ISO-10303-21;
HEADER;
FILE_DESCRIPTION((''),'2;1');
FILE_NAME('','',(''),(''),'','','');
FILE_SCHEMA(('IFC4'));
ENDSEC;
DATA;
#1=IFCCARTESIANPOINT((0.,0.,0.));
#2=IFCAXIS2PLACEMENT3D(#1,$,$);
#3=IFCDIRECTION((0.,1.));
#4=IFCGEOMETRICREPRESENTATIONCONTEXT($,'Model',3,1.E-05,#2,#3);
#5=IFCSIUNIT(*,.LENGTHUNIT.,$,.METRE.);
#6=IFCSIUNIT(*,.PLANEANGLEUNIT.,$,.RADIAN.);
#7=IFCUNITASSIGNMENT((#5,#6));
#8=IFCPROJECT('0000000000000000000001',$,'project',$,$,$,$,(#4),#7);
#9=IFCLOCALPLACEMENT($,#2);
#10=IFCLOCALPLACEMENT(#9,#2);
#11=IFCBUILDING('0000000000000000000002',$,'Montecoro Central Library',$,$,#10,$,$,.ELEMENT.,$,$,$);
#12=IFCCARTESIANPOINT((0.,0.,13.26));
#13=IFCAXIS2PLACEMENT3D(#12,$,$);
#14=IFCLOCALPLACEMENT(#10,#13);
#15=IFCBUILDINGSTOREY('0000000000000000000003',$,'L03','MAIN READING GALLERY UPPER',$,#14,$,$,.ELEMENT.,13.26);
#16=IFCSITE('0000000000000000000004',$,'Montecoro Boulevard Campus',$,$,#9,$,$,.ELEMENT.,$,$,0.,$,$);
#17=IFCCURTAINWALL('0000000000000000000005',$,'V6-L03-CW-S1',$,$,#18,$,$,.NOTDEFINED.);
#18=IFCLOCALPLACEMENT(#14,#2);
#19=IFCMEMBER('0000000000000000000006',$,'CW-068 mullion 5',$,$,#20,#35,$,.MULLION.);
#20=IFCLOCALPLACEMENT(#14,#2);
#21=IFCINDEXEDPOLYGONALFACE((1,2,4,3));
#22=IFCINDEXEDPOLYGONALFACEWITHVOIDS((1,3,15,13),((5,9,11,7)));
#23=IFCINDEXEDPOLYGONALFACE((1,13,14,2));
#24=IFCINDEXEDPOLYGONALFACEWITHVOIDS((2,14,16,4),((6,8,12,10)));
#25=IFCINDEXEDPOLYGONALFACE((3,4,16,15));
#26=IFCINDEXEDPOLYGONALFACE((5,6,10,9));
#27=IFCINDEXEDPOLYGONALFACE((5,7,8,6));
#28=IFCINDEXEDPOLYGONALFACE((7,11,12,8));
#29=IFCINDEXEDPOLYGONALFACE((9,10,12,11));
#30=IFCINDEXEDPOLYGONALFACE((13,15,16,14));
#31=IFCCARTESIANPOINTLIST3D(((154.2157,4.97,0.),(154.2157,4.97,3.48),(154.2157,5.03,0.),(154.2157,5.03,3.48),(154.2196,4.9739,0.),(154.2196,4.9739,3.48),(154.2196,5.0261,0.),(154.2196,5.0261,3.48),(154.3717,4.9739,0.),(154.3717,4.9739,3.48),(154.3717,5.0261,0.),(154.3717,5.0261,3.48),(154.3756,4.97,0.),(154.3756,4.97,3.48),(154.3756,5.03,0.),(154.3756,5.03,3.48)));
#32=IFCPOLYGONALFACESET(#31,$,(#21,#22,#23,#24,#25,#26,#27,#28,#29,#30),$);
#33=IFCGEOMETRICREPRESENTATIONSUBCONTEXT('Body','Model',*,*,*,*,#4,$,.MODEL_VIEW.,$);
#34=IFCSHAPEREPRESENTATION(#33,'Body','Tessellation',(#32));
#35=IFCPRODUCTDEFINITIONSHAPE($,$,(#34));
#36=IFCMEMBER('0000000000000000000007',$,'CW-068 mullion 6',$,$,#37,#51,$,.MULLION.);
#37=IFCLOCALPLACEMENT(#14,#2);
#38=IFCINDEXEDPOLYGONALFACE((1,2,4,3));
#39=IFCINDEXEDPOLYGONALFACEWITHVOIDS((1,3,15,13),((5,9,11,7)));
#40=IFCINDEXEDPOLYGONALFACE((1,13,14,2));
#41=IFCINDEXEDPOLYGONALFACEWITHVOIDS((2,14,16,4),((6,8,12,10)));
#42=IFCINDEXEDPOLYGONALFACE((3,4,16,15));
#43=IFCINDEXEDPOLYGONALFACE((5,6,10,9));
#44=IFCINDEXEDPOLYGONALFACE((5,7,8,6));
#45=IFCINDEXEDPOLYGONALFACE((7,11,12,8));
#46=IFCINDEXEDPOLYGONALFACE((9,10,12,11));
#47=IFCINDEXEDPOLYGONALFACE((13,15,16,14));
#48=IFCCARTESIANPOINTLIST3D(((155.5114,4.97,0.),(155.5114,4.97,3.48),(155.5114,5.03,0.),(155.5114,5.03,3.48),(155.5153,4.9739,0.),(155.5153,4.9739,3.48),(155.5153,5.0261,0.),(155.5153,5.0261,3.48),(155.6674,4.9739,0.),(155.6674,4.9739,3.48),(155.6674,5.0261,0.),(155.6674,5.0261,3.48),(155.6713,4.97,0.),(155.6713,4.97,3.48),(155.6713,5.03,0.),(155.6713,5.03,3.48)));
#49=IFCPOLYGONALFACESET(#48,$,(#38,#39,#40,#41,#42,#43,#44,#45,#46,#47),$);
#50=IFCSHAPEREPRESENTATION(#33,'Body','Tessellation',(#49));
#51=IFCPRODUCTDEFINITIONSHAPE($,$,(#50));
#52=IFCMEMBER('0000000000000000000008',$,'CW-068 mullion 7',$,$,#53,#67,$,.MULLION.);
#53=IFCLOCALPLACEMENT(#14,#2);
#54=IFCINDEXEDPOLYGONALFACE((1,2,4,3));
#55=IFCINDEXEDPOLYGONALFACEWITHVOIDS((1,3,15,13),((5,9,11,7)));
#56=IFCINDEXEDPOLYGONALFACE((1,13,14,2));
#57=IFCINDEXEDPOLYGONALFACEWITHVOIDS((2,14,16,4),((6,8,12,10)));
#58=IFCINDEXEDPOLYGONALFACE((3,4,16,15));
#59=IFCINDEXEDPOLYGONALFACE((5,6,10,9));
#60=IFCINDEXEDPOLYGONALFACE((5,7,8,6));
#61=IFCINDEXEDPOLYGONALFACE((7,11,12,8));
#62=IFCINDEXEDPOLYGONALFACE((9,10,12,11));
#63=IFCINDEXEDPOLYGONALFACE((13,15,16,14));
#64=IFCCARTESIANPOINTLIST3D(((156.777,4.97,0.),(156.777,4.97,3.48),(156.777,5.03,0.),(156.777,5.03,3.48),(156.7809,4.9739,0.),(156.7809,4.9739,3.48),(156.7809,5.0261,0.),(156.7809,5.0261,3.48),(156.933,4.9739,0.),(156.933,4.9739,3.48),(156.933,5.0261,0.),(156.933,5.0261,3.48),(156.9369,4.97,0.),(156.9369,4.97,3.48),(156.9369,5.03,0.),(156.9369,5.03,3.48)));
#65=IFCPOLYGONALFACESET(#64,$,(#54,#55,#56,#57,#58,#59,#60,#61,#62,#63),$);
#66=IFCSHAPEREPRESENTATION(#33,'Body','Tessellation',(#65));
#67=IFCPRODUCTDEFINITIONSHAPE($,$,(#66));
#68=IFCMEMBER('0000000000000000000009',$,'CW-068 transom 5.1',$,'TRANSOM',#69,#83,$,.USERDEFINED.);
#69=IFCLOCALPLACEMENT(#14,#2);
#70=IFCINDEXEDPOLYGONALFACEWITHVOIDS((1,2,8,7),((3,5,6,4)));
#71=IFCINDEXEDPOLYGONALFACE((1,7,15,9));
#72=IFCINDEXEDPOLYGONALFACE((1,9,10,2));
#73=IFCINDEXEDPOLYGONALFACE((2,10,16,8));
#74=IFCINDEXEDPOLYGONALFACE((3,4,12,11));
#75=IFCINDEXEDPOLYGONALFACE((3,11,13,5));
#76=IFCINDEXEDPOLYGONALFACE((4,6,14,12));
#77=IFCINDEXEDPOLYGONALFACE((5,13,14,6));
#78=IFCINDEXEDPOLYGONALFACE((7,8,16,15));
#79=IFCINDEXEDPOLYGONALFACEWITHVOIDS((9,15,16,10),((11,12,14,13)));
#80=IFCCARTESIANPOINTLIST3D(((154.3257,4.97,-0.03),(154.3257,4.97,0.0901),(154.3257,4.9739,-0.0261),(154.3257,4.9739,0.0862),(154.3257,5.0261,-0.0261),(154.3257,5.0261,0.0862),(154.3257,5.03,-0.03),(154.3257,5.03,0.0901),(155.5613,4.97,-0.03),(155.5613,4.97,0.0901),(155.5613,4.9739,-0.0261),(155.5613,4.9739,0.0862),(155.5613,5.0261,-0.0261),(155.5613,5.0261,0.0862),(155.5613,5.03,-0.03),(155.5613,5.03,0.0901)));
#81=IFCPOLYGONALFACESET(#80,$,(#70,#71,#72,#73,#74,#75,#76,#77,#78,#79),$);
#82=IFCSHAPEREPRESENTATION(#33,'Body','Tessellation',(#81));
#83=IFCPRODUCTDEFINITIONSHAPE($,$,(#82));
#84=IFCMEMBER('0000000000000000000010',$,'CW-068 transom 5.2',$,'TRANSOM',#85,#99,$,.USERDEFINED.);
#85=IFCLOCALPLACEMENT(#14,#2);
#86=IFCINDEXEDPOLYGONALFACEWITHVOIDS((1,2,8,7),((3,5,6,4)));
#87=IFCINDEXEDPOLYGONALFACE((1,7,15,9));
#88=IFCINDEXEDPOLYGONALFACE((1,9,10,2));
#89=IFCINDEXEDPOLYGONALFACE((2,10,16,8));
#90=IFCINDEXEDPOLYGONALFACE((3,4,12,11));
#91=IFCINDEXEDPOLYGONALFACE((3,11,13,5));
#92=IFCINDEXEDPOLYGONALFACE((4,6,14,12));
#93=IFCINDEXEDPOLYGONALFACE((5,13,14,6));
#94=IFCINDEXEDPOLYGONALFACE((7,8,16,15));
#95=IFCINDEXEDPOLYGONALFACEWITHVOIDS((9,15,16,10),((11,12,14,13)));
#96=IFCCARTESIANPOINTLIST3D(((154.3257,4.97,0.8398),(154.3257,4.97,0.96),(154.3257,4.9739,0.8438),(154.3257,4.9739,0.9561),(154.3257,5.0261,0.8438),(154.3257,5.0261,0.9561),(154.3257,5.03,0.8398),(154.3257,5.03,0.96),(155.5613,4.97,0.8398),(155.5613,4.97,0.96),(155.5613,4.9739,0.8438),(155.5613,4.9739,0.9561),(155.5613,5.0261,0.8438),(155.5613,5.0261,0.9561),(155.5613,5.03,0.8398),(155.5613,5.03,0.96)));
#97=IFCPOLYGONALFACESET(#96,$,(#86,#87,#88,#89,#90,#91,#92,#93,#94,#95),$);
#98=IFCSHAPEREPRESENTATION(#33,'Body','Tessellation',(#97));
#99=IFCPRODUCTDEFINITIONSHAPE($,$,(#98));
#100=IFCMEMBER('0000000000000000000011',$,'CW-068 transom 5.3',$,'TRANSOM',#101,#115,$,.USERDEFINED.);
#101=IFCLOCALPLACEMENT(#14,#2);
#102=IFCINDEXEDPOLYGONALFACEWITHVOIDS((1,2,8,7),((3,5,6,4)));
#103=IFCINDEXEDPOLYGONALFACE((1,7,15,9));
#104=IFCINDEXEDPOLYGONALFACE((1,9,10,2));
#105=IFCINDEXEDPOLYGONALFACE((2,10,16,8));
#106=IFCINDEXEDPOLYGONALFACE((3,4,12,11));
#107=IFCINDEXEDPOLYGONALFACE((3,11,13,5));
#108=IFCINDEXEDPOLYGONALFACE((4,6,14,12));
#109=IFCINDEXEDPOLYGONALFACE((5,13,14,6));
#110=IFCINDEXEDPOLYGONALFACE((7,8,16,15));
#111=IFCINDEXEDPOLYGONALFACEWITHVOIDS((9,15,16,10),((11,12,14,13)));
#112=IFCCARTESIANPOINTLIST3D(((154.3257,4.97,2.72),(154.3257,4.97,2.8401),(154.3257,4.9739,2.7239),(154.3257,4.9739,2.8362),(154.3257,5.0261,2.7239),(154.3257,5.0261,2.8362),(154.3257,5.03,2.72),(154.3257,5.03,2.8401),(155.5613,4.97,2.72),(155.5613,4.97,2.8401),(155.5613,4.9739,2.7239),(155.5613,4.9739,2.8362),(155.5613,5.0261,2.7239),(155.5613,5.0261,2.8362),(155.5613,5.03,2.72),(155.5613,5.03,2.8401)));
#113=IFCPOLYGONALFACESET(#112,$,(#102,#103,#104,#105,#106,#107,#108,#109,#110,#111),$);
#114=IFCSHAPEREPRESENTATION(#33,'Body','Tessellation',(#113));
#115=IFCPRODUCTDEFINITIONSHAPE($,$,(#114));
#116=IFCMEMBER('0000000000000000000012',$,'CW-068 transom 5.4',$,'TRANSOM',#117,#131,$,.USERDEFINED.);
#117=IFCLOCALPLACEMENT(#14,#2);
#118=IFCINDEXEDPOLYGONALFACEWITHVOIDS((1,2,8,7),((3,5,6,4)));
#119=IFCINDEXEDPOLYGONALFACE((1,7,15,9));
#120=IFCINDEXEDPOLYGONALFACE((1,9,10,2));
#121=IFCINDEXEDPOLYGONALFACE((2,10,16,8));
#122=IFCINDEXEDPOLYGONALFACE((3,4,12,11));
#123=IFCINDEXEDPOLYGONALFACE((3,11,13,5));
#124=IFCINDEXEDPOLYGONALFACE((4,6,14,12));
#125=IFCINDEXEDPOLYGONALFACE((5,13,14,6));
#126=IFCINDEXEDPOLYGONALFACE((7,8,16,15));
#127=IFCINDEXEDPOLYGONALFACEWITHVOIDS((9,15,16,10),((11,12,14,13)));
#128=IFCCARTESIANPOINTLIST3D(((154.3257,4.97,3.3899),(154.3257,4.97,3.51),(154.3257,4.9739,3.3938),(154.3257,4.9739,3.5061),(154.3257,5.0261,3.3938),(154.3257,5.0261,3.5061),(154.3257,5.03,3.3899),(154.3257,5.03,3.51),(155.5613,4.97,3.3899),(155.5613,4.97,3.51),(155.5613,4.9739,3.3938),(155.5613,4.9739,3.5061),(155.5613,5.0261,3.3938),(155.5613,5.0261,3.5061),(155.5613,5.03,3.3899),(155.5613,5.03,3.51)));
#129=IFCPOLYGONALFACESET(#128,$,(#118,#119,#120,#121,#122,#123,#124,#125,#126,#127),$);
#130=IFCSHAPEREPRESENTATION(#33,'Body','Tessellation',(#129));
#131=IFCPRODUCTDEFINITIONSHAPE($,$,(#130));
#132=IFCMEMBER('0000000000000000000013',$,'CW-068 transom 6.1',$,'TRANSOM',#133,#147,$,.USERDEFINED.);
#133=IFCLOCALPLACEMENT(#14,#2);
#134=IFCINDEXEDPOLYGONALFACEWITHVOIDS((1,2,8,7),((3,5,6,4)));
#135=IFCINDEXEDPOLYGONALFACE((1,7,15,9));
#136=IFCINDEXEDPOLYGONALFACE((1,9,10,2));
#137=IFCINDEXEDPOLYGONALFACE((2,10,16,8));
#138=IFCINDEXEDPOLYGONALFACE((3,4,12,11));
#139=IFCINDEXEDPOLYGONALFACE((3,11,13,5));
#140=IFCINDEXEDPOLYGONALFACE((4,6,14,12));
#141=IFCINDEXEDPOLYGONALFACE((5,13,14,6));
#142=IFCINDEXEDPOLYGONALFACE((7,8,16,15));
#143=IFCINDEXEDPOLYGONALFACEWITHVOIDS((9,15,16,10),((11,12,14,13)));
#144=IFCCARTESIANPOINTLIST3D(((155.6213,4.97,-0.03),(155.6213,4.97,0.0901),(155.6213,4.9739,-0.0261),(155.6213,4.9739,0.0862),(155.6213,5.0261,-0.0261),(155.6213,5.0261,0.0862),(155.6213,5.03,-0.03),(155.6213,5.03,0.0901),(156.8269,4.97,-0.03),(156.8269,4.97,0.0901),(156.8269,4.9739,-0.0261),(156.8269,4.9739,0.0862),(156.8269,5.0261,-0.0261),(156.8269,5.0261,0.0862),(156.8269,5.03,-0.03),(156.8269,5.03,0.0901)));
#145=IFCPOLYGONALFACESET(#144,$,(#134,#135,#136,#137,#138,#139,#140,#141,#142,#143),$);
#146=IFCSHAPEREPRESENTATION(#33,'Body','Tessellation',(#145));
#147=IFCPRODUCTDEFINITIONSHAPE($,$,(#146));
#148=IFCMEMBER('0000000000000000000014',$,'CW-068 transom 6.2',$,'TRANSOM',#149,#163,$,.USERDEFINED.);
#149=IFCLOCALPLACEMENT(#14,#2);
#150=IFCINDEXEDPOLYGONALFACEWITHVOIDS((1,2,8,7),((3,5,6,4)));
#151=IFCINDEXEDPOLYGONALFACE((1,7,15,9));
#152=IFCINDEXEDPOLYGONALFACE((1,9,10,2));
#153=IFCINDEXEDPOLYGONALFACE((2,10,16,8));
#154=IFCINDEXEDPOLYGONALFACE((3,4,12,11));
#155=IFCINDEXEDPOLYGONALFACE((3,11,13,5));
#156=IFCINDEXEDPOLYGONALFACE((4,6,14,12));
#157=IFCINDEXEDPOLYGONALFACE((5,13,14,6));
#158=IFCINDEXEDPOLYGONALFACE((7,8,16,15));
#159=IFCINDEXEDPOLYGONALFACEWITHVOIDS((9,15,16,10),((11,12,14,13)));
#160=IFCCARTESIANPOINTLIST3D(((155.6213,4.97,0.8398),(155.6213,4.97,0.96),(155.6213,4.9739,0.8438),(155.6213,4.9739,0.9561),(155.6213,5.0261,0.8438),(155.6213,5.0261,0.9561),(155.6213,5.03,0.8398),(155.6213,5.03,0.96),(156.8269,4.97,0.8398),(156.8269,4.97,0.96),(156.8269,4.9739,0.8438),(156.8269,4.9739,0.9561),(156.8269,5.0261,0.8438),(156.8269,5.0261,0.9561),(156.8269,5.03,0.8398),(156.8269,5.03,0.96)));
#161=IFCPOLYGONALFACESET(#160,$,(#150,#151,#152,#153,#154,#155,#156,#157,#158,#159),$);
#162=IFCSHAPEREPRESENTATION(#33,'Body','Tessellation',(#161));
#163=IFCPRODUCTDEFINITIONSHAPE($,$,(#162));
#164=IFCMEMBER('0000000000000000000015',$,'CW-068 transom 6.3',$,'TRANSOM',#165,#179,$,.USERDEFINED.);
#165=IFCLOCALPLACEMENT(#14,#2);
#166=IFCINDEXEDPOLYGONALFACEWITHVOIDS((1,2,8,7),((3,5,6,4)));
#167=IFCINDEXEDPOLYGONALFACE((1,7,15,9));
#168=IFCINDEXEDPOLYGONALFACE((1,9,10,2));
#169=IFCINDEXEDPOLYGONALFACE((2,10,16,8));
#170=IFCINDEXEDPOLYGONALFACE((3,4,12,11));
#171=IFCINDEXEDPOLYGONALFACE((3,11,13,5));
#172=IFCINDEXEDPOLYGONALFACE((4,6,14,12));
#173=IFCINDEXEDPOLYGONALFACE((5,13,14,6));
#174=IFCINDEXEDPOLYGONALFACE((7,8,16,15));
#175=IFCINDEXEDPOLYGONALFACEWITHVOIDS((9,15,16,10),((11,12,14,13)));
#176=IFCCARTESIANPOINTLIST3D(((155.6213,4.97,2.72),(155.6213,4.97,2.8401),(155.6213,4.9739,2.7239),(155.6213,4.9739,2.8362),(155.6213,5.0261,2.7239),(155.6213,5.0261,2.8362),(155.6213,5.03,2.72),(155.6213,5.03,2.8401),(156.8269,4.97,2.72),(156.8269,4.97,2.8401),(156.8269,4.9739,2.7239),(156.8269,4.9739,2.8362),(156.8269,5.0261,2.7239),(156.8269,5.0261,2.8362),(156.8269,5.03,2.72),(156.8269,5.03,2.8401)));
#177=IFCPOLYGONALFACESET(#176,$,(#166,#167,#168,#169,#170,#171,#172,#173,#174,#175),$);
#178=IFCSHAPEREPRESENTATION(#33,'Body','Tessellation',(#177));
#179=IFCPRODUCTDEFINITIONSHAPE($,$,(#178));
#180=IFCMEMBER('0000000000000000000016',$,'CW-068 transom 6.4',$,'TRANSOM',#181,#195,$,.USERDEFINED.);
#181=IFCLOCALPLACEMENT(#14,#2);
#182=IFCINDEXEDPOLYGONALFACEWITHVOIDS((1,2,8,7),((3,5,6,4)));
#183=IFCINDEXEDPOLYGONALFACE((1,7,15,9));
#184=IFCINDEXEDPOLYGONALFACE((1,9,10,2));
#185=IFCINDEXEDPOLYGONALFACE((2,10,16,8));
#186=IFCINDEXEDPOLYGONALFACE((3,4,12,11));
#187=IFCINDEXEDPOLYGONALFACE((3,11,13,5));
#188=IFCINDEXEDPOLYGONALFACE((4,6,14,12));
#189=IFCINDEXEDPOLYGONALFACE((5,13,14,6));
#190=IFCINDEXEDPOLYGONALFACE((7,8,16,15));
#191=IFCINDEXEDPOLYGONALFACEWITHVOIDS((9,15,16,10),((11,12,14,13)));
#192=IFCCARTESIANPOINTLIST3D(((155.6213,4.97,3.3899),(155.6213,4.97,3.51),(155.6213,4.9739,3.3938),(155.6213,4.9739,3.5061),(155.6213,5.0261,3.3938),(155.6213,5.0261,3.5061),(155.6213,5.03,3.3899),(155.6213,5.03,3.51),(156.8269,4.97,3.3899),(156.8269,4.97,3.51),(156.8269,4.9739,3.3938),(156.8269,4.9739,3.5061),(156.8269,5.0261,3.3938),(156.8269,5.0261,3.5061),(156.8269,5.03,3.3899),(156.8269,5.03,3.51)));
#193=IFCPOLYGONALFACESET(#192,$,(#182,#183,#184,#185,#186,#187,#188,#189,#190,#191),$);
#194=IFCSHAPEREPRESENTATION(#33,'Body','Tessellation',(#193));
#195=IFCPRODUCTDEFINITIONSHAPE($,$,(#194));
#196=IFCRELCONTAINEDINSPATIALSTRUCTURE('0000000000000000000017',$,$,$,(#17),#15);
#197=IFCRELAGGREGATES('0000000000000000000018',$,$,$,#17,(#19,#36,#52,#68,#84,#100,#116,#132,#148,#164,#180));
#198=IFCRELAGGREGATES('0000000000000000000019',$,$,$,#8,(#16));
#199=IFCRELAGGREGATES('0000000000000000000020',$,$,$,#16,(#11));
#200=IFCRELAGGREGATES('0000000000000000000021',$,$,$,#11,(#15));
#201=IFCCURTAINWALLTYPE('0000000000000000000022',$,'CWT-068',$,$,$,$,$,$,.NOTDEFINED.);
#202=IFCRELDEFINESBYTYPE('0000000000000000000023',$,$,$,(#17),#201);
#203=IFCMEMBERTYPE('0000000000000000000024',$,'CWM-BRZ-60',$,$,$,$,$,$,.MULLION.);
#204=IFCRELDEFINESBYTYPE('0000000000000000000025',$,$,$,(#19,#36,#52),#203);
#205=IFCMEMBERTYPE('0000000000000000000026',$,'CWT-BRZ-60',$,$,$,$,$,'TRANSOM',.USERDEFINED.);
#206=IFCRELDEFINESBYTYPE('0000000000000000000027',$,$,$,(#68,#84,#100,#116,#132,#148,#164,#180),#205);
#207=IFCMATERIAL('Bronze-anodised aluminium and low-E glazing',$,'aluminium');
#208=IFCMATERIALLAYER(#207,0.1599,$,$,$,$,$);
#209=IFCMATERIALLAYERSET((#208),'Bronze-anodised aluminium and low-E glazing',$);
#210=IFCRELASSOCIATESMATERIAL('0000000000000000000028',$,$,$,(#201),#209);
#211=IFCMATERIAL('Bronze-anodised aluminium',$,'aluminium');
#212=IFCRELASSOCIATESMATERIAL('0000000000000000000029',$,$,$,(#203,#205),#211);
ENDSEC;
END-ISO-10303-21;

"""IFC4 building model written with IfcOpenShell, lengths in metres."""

from ifc_helpers import new_model, si_unit, direction, frame, origin, origin_2d, place, context, subcontext, project, spatial, hollow_rectangle, extrude, material, layer, layer_set, material_profile, profile_set, type_object, element, aggregate, save


model = new_model("IFC4")

# Units and contexts
model_context = context("Model", 3, precision=1e-05, world=origin(), true_north=direction((0.0, 1.0)))
body_context = subcontext(model_context, "Body", "Model", "MODEL_VIEW")
ifc_project = project(units=[si_unit("LENGTHUNIT", "METRE"), si_unit("PLANEANGLEUNIT", "RADIAN")], contexts=[model_context])

# Site, building, storey
site_placement = place(None, origin())
site = spatial("IfcSite", under=ifc_project, at=site_placement, Name="Montecoro Boulevard Campus", CompositionType="ELEMENT", RefElevation=0.0)
building_placement = place(site_placement, origin())
building = spatial("IfcBuilding", under=site, at=building_placement, Name="Montecoro Central Library", CompositionType="ELEMENT")
storey_placement = place(building_placement, frame((0.0, 0.0, 13.26)))
storey = spatial("IfcBuildingStorey", under=building, at=storey_placement, Name="L03", Description="MAIN READING GALLERY UPPER", CompositionType="ELEMENT", Elevation=13.26)

# Curtain wall, members
ifc_material_1 = material(Name="Bronze-anodised aluminium and low-E glazing", Category="aluminium")
ifc_layer_1 = layer(ifc_material_1, 0.1599)
ifc_layer_set_1 = layer_set([ifc_layer_1], Name="Bronze-anodised aluminium and low-E glazing")
curtain_wall_type = type_object("IfcCurtainWallType", Name="CWT-068", PredefinedType="NOTDEFINED", material=ifc_layer_set_1)
curtain_wall_placement = place(storey_placement, origin())
curtain_wall = element("IfcCurtainWall", 1, at=curtain_wall_placement, inside=storey, type_object=curtain_wall_type, Name="V6-L03-CW-S1", PredefinedType="NOTDEFINED")
ifc_material_2 = material(Name="Bronze-anodised aluminium", Category="aluminium")
ifc_material_profile_1 = material_profile(ifc_material_2, hollow_rectangle(XDim=0.0601, YDim=0.1599, WallThickness=0.0039, at=origin_2d()), Name="CWM 160x60x4.0")
ifc_profile_set_1 = profile_set([ifc_material_profile_1], Name="Bronze-anodised aluminium")
member_type_1 = type_object("IfcMemberType", Name="CWM-BRZ-60", PredefinedType="MULLION", material=ifc_profile_set_1)
member_1_placement = place(storey_placement, frame((154.2957, 5.0, 0.0), z_axis=(0.0, 0.0, 1.0), x_axis=(0.0, 1.0, 0.0)))
member_1 = element("IfcMember", 2, at=member_1_placement, type_object=member_type_1, Name="CW-068 mullion 5", PredefinedType="MULLION", context=body_context, shape_type="SweptSolid", body=[
    extrude(hollow_rectangle(XDim=0.0601, YDim=0.1599, WallThickness=0.0039, at=origin_2d()), origin(), (0.0, 0.0, 1.0), 3.48),
])
member_2_placement = place(storey_placement, frame((155.5913, 5.0, 0.0), z_axis=(0.0, 0.0, 1.0), x_axis=(0.0, 1.0, 0.0)))
member_2 = element("IfcMember", 3, at=member_2_placement, type_object=member_type_1, Name="CW-068 mullion 6", PredefinedType="MULLION", context=body_context, shape_type="SweptSolid", body=[
    extrude(hollow_rectangle(XDim=0.0601, YDim=0.1599, WallThickness=0.0039, at=origin_2d()), origin(), (0.0, 0.0, 1.0), 3.48),
])
member_3_placement = place(storey_placement, frame((156.8569, 5.0, 0.0), z_axis=(0.0, 0.0, 1.0), x_axis=(0.0, 1.0, 0.0)))
member_3 = element("IfcMember", 4, at=member_3_placement, type_object=member_type_1, Name="CW-068 mullion 7", PredefinedType="MULLION", context=body_context, shape_type="SweptSolid", body=[
    extrude(hollow_rectangle(XDim=0.0601, YDim=0.1599, WallThickness=0.0039, at=origin_2d()), origin(), (0.0, 0.0, 1.0), 3.48),
])
ifc_material_profile_2 = material_profile(ifc_material_2, hollow_rectangle(XDim=0.0601, YDim=0.1201, WallThickness=0.0039, at=origin_2d()), Name="CWT 120x60x4.0")
ifc_profile_set_2 = profile_set([ifc_material_profile_2], Name="Bronze-anodised aluminium")
member_type_2 = type_object("IfcMemberType", Name="CWT-BRZ-60", ElementType="TRANSOM", PredefinedType="USERDEFINED", material=ifc_profile_set_2)
member_4_placement = place(storey_placement, frame((154.3257, 5.0, 0.03), z_axis=(1.0, 0.0, 0.0), x_axis=(0.0, 1.0, 0.0)))
member_4 = element("IfcMember", 5, at=member_4_placement, type_object=member_type_2, Name="CW-068 transom 5.1", ObjectType="TRANSOM", PredefinedType="USERDEFINED", context=body_context, shape_type="SweptSolid", body=[
    extrude(hollow_rectangle(XDim=0.0601, YDim=0.1201, WallThickness=0.0039, at=origin_2d()), origin(), (0.0, 0.0, 1.0), 1.2356),
])
member_5_placement = place(storey_placement, frame((154.3257, 5.0, 0.8999), z_axis=(1.0, 0.0, 0.0), x_axis=(0.0, 1.0, 0.0)))
member_5 = element("IfcMember", 6, at=member_5_placement, type_object=member_type_2, Name="CW-068 transom 5.2", ObjectType="TRANSOM", PredefinedType="USERDEFINED", context=body_context, shape_type="SweptSolid", body=[
    extrude(hollow_rectangle(XDim=0.0601, YDim=0.1201, WallThickness=0.0039, at=origin_2d()), origin(), (0.0, 0.0, 1.0), 1.2356),
])
member_6_placement = place(storey_placement, frame((154.3257, 5.0, 2.78), z_axis=(1.0, 0.0, 0.0), x_axis=(0.0, 1.0, 0.0)))
member_6 = element("IfcMember", 7, at=member_6_placement, type_object=member_type_2, Name="CW-068 transom 5.3", ObjectType="TRANSOM", PredefinedType="USERDEFINED", context=body_context, shape_type="SweptSolid", body=[
    extrude(hollow_rectangle(XDim=0.0601, YDim=0.1201, WallThickness=0.0039, at=origin_2d()), origin(), (0.0, 0.0, 1.0), 1.2356),
])
member_7_placement = place(storey_placement, frame((154.3257, 5.0, 3.45), z_axis=(1.0, 0.0, 0.0), x_axis=(0.0, 1.0, 0.0)))
member_7 = element("IfcMember", 8, at=member_7_placement, type_object=member_type_2, Name="CW-068 transom 5.4", ObjectType="TRANSOM", PredefinedType="USERDEFINED", context=body_context, shape_type="SweptSolid", body=[
    extrude(hollow_rectangle(XDim=0.0601, YDim=0.1201, WallThickness=0.0039, at=origin_2d()), origin(), (0.0, 0.0, 1.0), 1.2356),
])
member_8_placement = place(storey_placement, frame((155.6213, 5.0, 0.03), z_axis=(1.0, 0.0, 0.0), x_axis=(0.0, 1.0, 0.0)))
member_8 = element("IfcMember", 9, at=member_8_placement, type_object=member_type_2, Name="CW-068 transom 6.1", ObjectType="TRANSOM", PredefinedType="USERDEFINED", context=body_context, shape_type="SweptSolid", body=[
    extrude(hollow_rectangle(XDim=0.0601, YDim=0.1201, WallThickness=0.0039, at=origin_2d()), origin(), (0.0, 0.0, 1.0), 1.2056),
])
member_9_placement = place(storey_placement, frame((155.6213, 5.0, 0.8999), z_axis=(1.0, 0.0, 0.0), x_axis=(0.0, 1.0, 0.0)))
member_9 = element("IfcMember", 10, at=member_9_placement, type_object=member_type_2, Name="CW-068 transom 6.2", ObjectType="TRANSOM", PredefinedType="USERDEFINED", context=body_context, shape_type="SweptSolid", body=[
    extrude(hollow_rectangle(XDim=0.0601, YDim=0.1201, WallThickness=0.0039, at=origin_2d()), origin(), (0.0, 0.0, 1.0), 1.2056),
])
member_10_placement = place(storey_placement, frame((155.6213, 5.0, 2.78), z_axis=(1.0, 0.0, 0.0), x_axis=(0.0, 1.0, 0.0)))
member_10 = element("IfcMember", 11, at=member_10_placement, type_object=member_type_2, Name="CW-068 transom 6.3", ObjectType="TRANSOM", PredefinedType="USERDEFINED", context=body_context, shape_type="SweptSolid", body=[
    extrude(hollow_rectangle(XDim=0.0601, YDim=0.1201, WallThickness=0.0039, at=origin_2d()), origin(), (0.0, 0.0, 1.0), 1.2056),
])
member_11_placement = place(storey_placement, frame((155.6213, 5.0, 3.45), z_axis=(1.0, 0.0, 0.0), x_axis=(0.0, 1.0, 0.0)))
member_11 = element("IfcMember", 12, at=member_11_placement, type_object=member_type_2, Name="CW-068 transom 6.4", ObjectType="TRANSOM", PredefinedType="USERDEFINED", context=body_context, shape_type="SweptSolid", body=[
    extrude(hollow_rectangle(XDim=0.0601, YDim=0.1201, WallThickness=0.0039, at=origin_2d()), origin(), (0.0, 0.0, 1.0), 1.2056),
])
aggregate(curtain_wall, [member_1, member_2, member_3, member_4, member_5, member_6, member_7, member_8, member_9, member_10, member_11])

save(model, "model.ifc")
